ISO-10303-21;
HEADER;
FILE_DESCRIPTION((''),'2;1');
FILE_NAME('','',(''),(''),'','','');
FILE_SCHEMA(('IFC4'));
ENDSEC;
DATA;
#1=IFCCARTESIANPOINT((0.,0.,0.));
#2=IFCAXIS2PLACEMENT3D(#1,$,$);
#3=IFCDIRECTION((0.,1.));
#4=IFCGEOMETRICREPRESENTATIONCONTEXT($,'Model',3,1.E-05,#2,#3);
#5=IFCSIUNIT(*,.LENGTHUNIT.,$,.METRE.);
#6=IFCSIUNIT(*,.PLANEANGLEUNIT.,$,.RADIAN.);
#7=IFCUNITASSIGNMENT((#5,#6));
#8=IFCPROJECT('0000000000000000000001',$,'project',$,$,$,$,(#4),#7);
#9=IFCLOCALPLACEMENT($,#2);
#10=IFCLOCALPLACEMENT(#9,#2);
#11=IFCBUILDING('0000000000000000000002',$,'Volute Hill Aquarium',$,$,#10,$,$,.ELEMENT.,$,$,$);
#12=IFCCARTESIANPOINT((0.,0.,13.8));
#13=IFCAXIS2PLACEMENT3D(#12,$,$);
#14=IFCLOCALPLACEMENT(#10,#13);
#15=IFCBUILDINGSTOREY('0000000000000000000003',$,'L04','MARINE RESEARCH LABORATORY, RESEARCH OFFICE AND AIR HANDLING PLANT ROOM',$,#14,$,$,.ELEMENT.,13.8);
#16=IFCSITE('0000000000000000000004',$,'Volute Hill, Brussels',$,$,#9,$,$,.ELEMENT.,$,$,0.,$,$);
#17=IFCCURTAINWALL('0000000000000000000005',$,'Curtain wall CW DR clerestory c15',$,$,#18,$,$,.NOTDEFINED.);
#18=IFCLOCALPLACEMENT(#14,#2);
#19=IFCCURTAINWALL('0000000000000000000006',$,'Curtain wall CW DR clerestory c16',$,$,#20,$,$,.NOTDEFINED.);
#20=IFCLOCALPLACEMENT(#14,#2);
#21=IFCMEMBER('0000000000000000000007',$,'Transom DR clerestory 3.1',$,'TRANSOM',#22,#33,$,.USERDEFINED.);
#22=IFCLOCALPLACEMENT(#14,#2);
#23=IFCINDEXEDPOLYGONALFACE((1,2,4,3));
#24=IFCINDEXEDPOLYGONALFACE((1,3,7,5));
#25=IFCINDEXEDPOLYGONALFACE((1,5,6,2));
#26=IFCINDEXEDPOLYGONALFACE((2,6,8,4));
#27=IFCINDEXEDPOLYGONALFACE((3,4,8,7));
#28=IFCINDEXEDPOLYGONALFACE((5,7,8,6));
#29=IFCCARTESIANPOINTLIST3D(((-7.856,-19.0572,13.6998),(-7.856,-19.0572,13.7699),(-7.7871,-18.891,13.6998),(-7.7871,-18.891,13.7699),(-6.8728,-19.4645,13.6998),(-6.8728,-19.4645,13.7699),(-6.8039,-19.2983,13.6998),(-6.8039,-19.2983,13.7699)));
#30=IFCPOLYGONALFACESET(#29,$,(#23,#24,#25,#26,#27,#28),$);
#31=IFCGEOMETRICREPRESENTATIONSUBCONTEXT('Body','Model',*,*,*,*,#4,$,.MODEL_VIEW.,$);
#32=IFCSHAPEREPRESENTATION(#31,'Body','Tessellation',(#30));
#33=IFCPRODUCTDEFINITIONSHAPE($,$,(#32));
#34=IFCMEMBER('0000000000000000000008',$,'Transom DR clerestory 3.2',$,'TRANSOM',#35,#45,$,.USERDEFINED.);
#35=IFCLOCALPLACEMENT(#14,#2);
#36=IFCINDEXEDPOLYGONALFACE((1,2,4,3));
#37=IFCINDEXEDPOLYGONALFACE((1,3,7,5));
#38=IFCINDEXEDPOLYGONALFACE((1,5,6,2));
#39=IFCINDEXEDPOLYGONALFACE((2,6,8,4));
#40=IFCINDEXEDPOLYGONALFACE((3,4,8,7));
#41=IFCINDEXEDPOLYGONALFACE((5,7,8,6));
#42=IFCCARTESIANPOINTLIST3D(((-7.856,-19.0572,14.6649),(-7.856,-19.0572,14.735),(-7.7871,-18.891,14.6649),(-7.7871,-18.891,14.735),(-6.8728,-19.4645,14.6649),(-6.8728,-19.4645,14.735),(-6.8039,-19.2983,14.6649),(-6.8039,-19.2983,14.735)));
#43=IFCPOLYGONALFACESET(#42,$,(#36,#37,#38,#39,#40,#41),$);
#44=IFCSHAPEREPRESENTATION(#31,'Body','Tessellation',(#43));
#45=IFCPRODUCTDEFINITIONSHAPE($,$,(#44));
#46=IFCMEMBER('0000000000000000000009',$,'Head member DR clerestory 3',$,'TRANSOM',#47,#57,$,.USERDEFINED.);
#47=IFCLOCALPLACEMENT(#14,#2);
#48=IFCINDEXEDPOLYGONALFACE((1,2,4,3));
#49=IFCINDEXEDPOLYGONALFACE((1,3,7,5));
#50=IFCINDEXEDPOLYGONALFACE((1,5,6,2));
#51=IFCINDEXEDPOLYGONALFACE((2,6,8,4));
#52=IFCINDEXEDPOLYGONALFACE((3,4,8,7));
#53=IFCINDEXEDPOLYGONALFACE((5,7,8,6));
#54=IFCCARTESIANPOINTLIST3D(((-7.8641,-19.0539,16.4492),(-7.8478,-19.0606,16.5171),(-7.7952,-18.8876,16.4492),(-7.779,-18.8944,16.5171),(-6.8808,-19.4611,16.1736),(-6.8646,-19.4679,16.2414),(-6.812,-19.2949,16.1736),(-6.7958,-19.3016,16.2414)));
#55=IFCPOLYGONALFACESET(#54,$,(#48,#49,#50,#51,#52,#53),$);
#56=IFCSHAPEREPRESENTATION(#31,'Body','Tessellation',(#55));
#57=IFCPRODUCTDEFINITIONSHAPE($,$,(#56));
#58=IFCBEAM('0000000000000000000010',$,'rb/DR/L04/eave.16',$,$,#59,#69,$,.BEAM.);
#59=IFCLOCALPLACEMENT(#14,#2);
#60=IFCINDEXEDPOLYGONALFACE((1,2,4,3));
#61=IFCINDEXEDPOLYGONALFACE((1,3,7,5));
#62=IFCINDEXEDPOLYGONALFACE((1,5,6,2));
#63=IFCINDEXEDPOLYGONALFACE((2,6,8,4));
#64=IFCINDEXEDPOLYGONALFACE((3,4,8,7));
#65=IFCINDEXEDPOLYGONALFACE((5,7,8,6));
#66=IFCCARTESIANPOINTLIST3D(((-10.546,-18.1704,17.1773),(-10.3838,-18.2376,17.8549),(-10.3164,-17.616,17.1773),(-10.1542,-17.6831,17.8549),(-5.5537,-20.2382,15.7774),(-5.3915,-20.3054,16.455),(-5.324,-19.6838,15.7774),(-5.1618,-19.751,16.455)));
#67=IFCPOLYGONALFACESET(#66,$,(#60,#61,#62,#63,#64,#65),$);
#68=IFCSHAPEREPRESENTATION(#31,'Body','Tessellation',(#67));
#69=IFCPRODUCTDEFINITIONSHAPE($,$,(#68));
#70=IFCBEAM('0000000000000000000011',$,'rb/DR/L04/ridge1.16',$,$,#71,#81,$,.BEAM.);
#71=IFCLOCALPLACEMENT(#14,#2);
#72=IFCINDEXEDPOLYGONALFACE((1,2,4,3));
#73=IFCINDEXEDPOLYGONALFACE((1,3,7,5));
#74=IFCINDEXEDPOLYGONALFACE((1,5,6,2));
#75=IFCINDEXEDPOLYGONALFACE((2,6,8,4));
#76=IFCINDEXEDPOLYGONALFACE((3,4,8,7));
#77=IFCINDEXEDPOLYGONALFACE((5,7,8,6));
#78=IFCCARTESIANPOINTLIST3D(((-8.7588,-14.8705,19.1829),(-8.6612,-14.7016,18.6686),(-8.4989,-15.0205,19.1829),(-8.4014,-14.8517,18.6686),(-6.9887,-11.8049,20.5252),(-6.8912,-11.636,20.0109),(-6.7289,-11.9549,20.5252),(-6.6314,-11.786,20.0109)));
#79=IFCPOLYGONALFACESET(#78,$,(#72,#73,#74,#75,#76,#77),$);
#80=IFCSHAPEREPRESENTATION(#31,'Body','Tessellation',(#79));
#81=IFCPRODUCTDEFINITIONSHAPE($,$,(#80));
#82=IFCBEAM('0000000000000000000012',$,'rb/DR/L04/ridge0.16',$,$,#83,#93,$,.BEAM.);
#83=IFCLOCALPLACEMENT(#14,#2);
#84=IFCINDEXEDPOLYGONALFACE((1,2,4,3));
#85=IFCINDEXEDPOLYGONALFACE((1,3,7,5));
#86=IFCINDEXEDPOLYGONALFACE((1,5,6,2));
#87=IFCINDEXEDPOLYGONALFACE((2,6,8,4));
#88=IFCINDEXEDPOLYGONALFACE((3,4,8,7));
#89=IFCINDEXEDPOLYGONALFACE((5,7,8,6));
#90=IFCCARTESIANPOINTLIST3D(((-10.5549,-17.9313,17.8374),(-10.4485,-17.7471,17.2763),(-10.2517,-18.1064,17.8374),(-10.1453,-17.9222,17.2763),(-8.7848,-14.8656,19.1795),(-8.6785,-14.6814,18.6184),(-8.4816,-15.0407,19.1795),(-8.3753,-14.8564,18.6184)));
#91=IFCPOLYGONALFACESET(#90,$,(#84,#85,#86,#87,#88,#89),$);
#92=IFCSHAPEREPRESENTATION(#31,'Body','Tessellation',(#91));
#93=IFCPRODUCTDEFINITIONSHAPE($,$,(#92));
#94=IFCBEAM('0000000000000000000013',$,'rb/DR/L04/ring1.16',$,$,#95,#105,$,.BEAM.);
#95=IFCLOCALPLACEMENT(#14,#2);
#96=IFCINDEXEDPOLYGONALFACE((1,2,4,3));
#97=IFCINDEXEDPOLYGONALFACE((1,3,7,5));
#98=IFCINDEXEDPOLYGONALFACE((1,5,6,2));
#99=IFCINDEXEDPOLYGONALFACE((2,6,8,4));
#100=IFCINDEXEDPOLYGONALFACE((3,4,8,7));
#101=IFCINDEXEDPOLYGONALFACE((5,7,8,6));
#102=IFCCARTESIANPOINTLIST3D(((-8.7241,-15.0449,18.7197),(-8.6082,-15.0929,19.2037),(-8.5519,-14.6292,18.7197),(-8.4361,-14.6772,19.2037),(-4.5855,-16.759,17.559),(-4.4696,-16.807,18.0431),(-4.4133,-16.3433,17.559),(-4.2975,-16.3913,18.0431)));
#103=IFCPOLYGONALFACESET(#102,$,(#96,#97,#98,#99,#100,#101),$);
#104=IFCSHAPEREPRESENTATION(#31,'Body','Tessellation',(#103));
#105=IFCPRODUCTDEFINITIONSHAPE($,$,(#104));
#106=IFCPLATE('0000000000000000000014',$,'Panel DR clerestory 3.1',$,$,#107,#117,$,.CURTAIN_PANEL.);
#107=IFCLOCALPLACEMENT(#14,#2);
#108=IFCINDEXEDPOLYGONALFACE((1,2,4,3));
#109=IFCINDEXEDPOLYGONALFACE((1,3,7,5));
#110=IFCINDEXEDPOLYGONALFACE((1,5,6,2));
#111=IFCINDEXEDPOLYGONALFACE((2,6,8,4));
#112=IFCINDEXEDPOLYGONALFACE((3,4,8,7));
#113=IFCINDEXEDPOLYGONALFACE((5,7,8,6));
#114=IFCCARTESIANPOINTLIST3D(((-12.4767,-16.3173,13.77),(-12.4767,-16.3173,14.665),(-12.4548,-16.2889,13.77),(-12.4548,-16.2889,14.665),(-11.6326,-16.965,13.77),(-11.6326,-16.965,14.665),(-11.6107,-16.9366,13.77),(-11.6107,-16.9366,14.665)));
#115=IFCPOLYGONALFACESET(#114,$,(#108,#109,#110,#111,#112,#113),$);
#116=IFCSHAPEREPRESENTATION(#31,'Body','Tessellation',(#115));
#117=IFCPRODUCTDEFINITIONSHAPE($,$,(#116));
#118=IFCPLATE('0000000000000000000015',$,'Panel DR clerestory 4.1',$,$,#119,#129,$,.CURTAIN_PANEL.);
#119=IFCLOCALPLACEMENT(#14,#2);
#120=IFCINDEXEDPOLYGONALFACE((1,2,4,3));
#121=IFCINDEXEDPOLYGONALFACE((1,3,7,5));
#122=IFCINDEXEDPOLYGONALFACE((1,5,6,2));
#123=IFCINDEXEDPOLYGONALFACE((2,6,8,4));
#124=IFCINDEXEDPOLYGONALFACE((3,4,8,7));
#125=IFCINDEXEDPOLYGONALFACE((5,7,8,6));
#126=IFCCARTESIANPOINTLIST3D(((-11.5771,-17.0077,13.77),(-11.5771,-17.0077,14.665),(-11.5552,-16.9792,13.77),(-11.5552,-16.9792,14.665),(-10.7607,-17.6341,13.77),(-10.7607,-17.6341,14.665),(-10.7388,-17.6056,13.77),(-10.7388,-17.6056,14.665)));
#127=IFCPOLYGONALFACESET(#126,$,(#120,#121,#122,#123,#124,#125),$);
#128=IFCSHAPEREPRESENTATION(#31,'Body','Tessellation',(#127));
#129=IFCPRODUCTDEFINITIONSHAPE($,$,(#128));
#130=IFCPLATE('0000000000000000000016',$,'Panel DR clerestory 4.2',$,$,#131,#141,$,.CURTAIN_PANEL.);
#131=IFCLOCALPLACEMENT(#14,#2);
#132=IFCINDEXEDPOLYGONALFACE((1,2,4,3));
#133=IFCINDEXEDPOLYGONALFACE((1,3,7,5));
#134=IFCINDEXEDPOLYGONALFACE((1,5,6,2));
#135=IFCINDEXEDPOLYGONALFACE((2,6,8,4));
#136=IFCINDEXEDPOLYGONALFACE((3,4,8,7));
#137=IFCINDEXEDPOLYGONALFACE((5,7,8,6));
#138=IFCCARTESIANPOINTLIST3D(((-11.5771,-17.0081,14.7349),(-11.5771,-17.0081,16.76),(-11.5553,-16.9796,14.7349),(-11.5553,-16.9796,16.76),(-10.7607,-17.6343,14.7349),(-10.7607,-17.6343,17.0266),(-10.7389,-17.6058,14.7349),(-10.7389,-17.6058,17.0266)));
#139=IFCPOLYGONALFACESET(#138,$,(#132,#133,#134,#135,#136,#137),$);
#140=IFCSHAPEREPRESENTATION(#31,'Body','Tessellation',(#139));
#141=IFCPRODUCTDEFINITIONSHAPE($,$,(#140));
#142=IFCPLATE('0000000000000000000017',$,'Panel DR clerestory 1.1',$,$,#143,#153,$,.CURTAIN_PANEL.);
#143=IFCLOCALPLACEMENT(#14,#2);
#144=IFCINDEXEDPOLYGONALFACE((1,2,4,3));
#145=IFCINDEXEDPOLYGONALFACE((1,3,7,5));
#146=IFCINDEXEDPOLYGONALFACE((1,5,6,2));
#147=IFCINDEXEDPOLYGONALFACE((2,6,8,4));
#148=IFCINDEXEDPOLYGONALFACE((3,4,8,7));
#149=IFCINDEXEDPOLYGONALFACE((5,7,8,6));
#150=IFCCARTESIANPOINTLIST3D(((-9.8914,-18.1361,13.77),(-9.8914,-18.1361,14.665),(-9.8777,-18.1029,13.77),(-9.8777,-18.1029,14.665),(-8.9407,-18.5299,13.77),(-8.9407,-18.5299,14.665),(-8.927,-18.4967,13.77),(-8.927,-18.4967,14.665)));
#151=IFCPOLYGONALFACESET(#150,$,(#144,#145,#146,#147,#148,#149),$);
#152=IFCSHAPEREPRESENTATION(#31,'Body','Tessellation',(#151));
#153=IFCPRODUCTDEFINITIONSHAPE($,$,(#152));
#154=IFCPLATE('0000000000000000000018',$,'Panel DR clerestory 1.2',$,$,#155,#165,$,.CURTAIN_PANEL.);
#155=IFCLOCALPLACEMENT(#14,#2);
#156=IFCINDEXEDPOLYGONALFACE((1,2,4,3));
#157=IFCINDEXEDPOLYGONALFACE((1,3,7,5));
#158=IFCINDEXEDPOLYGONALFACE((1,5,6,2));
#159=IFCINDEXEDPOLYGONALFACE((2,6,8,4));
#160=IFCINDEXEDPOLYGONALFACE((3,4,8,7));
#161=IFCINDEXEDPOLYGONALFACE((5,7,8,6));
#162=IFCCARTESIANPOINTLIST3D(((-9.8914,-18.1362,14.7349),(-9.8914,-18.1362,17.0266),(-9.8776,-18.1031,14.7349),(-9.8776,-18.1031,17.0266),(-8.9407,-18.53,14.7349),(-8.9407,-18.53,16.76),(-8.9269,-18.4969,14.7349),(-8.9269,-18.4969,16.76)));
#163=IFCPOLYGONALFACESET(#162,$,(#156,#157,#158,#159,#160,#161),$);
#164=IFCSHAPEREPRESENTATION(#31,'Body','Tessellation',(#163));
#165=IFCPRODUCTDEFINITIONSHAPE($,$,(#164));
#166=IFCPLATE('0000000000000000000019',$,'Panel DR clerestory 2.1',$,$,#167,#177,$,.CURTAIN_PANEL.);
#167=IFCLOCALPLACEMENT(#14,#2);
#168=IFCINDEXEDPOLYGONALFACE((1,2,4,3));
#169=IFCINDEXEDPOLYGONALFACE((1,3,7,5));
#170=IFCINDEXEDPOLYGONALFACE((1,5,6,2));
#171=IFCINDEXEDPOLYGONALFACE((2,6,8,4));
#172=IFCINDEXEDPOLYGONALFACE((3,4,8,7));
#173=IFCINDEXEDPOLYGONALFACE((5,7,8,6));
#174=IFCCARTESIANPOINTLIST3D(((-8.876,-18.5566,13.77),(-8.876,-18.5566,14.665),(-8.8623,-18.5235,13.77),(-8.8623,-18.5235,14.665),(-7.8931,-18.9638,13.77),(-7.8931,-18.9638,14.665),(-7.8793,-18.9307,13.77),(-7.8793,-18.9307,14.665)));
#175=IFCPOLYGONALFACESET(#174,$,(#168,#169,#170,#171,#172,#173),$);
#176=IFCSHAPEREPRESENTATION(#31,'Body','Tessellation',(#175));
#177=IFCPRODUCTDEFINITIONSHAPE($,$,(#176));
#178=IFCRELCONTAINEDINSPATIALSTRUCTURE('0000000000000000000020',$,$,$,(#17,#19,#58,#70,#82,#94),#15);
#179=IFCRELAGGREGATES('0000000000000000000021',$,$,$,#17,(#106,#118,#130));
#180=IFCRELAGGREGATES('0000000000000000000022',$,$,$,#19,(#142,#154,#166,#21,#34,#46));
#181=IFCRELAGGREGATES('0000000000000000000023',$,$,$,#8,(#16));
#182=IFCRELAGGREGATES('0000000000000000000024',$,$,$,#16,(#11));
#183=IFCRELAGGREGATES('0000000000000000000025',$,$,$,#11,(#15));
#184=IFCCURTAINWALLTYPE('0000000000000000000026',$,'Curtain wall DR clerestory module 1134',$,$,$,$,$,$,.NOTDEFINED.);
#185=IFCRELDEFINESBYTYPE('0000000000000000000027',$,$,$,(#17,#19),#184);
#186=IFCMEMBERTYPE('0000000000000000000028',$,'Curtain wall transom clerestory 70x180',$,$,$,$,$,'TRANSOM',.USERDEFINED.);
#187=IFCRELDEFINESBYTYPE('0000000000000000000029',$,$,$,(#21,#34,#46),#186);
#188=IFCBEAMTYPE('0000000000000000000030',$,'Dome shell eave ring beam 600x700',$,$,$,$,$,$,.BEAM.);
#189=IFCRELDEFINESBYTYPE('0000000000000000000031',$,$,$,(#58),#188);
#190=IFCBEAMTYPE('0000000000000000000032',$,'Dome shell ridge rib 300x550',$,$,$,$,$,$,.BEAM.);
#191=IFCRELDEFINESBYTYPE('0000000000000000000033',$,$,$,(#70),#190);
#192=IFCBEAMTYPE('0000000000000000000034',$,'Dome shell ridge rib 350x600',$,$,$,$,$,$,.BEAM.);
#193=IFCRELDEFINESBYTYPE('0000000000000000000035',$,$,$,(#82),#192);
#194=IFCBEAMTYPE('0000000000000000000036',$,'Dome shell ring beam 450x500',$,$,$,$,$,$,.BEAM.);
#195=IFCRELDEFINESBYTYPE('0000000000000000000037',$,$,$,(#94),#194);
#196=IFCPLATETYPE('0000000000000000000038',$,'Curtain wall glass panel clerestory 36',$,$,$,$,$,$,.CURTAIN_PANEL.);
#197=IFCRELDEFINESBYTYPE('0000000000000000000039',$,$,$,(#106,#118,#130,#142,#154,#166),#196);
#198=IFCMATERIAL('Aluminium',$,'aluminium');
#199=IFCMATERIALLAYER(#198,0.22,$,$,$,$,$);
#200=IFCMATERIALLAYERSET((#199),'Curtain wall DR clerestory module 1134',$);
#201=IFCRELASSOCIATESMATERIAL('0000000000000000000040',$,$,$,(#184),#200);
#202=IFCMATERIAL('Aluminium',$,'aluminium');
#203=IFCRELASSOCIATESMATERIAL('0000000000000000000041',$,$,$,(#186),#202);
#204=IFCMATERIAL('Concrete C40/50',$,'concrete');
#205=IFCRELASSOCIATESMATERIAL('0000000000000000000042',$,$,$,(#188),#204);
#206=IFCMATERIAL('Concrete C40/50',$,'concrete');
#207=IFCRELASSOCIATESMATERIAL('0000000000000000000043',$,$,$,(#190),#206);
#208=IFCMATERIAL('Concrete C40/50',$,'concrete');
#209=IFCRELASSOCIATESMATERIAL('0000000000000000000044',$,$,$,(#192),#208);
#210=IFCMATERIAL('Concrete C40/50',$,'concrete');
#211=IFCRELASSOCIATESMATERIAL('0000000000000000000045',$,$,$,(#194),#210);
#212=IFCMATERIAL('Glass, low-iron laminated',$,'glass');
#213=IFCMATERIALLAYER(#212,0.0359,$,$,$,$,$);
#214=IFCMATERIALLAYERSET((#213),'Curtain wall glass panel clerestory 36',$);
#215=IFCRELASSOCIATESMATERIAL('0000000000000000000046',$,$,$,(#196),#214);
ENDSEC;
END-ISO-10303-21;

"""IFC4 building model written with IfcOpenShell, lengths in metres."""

from ifc_helpers import new_model, si_unit, direction, frame, origin, origin_2d, place, context, subcontext, project, spatial, polyline, rectangle, outline, extrude, material, layer, layer_set, material_profile, profile_set, type_object, element, aggregate, save


model = new_model("IFC4")

# Units and contexts
model_context = context("Model", 3, precision=1e-05, world=origin(), true_north=direction((0.0, 1.0)))
body_context = subcontext(model_context, "Body", "Model", "MODEL_VIEW")
ifc_project = project(units=[si_unit("LENGTHUNIT", "METRE"), si_unit("PLANEANGLEUNIT", "RADIAN")], contexts=[model_context])

# Site, building, storey
site_placement = place(None, origin())
site = spatial("IfcSite", under=ifc_project, at=site_placement, Name="Volute Hill, Brussels", CompositionType="ELEMENT", RefElevation=0.0)
building_placement = place(site_placement, origin())
building = spatial("IfcBuilding", under=site, at=building_placement, Name="Volute Hill Aquarium", CompositionType="ELEMENT")
storey_placement = place(building_placement, frame((0.0, 0.0, 13.8)))
storey = spatial("IfcBuildingStorey", under=building, at=storey_placement, Name="L04", Description="MARINE RESEARCH LABORATORY, RESEARCH OFFICE AND AIR HANDLING PLANT ROOM", CompositionType="ELEMENT", Elevation=13.8)

# Curtain wall
ifc_material_1 = material(Name="Aluminium", Category="aluminium")
ifc_layer_1 = layer(ifc_material_1, 0.22)
ifc_layer_set_1 = layer_set([ifc_layer_1], Name="Curtain wall DR clerestory module 1134")
curtain_wall_type = type_object("IfcCurtainWallType", Name="Curtain wall DR clerestory module 1134", PredefinedType="NOTDEFINED", material=ifc_layer_set_1)
curtain_wall_1_placement = place(storey_placement, origin())
curtain_wall_1 = element("IfcCurtainWall", 1, at=curtain_wall_1_placement, inside=storey, type_object=curtain_wall_type, Name="Curtain wall CW DR clerestory c15", PredefinedType="NOTDEFINED")

# Curtain wall
curtain_wall_2_placement = place(storey_placement, origin())
curtain_wall_2 = element("IfcCurtainWall", 2, at=curtain_wall_2_placement, inside=storey, type_object=curtain_wall_type, Name="Curtain wall CW DR clerestory c16", PredefinedType="NOTDEFINED")

# Members
ifc_material_2 = material(Name="Aluminium", Category="aluminium")
ifc_material_profile_1 = material_profile(ifc_material_2, rectangle(XDim=0.1799, YDim=0.0701, at=origin_2d()), Name="Curtain wall transom clerestory 70x180")
ifc_profile_set_1 = profile_set([ifc_material_profile_1], Name="Aluminium")
member_type_1 = type_object("IfcMemberType", Name="Curtain wall transom clerestory 70x180", ElementType="TRANSOM", PredefinedType="USERDEFINED", material=ifc_profile_set_1)
member_1_placement = place(storey_placement, frame((-7.8215, -18.9741, 13.7349), z_axis=(0.923883, -0.382676, 0.0), x_axis=(0.382676, 0.923883, 0.0)))
member_1 = element("IfcMember", 3, at=member_1_placement, type_object=member_type_1, Name="Transom DR clerestory 3.1", ObjectType="TRANSOM", PredefinedType="USERDEFINED", context=body_context, shape_type="SweptSolid", body=[
    extrude(rectangle(XDim=0.1799, YDim=0.0701, at=origin_2d()), origin(), (0.0, 0.0, 1.0), 1.0642),
])
member_2_placement = place(storey_placement, frame((-7.8215, -18.9741, 14.7), z_axis=(0.923883, -0.382676, 0.0), x_axis=(0.382676, 0.923883, 0.0)))
member_2 = element("IfcMember", 4, at=member_2_placement, type_object=member_type_1, Name="Transom DR clerestory 3.2", ObjectType="TRANSOM", PredefinedType="USERDEFINED", context=body_context, shape_type="SweptSolid", body=[
    extrude(rectangle(XDim=0.1799, YDim=0.0701, at=origin_2d()), origin(), (0.0, 0.0, 1.0), 1.0642),
])
member_3_placement = place(storey_placement, frame((-7.8215, -18.9741, 16.4832), z_axis=(0.894368, -0.370451, -0.250743), x_axis=(0.382676, 0.923883, 0.0)))
member_3 = element("IfcMember", 5, at=member_3_placement, type_object=member_type_1, Name="Head member DR clerestory 3", ObjectType="TRANSOM", PredefinedType="USERDEFINED", context=body_context, shape_type="SweptSolid", body=[
    extrude(rectangle(XDim=0.1799, YDim=0.0701, at=origin_2d()), origin(), (0.0, 0.0, 1.0), 1.0994),
])

# Beams
ifc_material_3 = material(Name="Concrete C40/50", Category="concrete")
ifc_material_profile_2 = material_profile(ifc_material_3, rectangle(XDim=0.6001, YDim=0.7, at=origin_2d()), Name="RC beam 600x700")
ifc_profile_set_2 = profile_set([ifc_material_profile_2], Name="Concrete C40/50")
beam_type_1 = type_object("IfcBeamType", Name="Dome shell eave ring beam 600x700", PredefinedType="BEAM", material=ifc_profile_set_2)
beam_1_placement = place(storey_placement, frame((-10.3501, -17.9268, 17.5161), z_axis=(0.894359, -0.370445, -0.250783), x_axis=(0.382674, 0.923884, 0.0)))
element("IfcBeam", 6, at=beam_1_placement, inside=storey, type_object=beam_type_1, Name="rb/DR/L04/eave.16", PredefinedType="BEAM", context=body_context, shape_type="SweptSolid", body=[
    extrude(rectangle(XDim=0.6001, YDim=0.7, at=origin_2d()), origin(), (0.0, 0.0, 1.0), 5.582),
])
ifc_material_4 = material(Name="Concrete C40/50", Category="concrete")
ifc_material_profile_3 = material_profile(ifc_material_4, rectangle(XDim=0.3, YDim=0.55, at=origin_2d()), Name="RC rib 300x550")
ifc_profile_set_3 = profile_set([ifc_material_profile_3], Name="Concrete C40/50")
beam_type_2 = type_object("IfcBeamType", Name="Dome shell ridge rib 300x550", PredefinedType="BEAM", material=ifc_profile_set_3)
beam_2_placement = place(storey_placement, frame((-8.5801, -14.8611, 18.9258), z_axis=(0.467529, 0.80976, 0.354548), x_axis=(-0.866019, 0.500011, 0.0)))
element("IfcBeam", 7, at=beam_2_placement, inside=storey, type_object=beam_type_2, Name="rb/DR/L04/ridge1.16", PredefinedType="BEAM", context=body_context, shape_type="SweptSolid", body=[
    extrude(rectangle(XDim=0.3, YDim=0.55, at=origin_2d()), origin(), (0.0, 0.0, 1.0), 3.7859),
])
ifc_material_5 = material(Name="Concrete C40/50", Category="concrete")
ifc_material_profile_4 = material_profile(ifc_material_5, rectangle(XDim=0.3501, YDim=0.6001, at=origin_2d()), Name="RC rib 350x600")
ifc_profile_set_4 = profile_set([ifc_material_profile_4], Name="Concrete C40/50")
beam_type_3 = type_object("IfcBeamType", Name="Dome shell ridge rib 350x600", PredefinedType="BEAM", material=ifc_profile_set_4)
beam_3_placement = place(storey_placement, frame((-10.3501, -17.9268, 17.5569), z_axis=(0.46754, 0.809779, 0.354492), x_axis=(-0.866019, 0.500011, 0.0)))
element("IfcBeam", 8, at=beam_3_placement, inside=storey, type_object=beam_type_3, Name="rb/DR/L04/ridge0.16", PredefinedType="BEAM", context=body_context, shape_type="SweptSolid", body=[
    extrude(rectangle(XDim=0.3501, YDim=0.6001, at=origin_2d()), origin(), (0.0, 0.0, 1.0), 3.7859),
])
ifc_material_6 = material(Name="Concrete C40/50", Category="concrete")
ifc_material_profile_5 = material_profile(ifc_material_6, rectangle(XDim=0.45, YDim=0.5, at=origin_2d()), Name="RC beam 450x500")
ifc_profile_set_5 = profile_set([ifc_material_profile_5], Name="Concrete C40/50")
beam_type_4 = type_object("IfcBeamType", Name="Dome shell ring beam 450x500", PredefinedType="BEAM", material=ifc_profile_set_5)
beam_4_placement = place(storey_placement, frame((-8.5801, -14.8611, 18.9617), z_axis=(0.894362, -0.370417, -0.250814), x_axis=(0.382649, 0.923894, 0.0)))
element("IfcBeam", 9, at=beam_4_placement, inside=storey, type_object=beam_type_4, Name="rb/DR/L04/ring1.16", PredefinedType="BEAM", context=body_context, shape_type="SweptSolid", body=[
    extrude(rectangle(XDim=0.45, YDim=0.5, at=origin_2d()), origin(), (0.0, 0.0, 1.0), 4.6274),
])

# Plates
ifc_material_7 = material(Name="Glass, low-iron laminated", Category="glass")
ifc_layer_2 = layer(ifc_material_7, 0.0359)
ifc_layer_set_2 = layer_set([ifc_layer_2], Name="Curtain wall glass panel clerestory 36")
plate_type = type_object("IfcPlateType", Name="Curtain wall glass panel clerestory 36", PredefinedType="CURTAIN_PANEL", material=ifc_layer_set_2)
plate_1_placement = place(storey_placement, frame((-12.0437, -16.627, 13.77), z_axis=(0.0, 0.0, 1.0), x_axis=(0.793354, -0.608761, 0.0)))
plate_1 = element("IfcPlate", 10, at=plate_1_placement, type_object=plate_type, Name="Panel DR clerestory 3.1", PredefinedType="CURTAIN_PANEL", context=body_context, shape_type="SweptSolid", body=[
    extrude(rectangle(XDim=1.064, YDim=0.0359, at=origin_2d()), origin(), (0.0, 0.0, 1.0), 0.895),
])
plate_2_placement = place(storey_placement, frame((-11.158, -17.3066, 13.77), z_axis=(0.0, 0.0, 1.0), x_axis=(0.793354, -0.608761, 0.0)))
plate_2 = element("IfcPlate", 11, at=plate_2_placement, type_object=plate_type, Name="Panel DR clerestory 4.1", PredefinedType="CURTAIN_PANEL", context=body_context, shape_type="SweptSolid", body=[
    extrude(rectangle(XDim=1.0291, YDim=0.0359, at=origin_2d()), origin(), (0.0, 0.0, 1.0), 0.895),
])
plate_3_placement = place(storey_placement, frame((-11.5771, -17.0081, 14.7349), z_axis=(-0.608621, -0.793461, 0.0), x_axis=(0.793461, -0.608621, 0.0)))
plate_3 = element("IfcPlate", 12, at=plate_3_placement, type_object=plate_type, Name="Panel DR clerestory 4.2", PredefinedType="CURTAIN_PANEL", context=body_context, shape_type="SweptSolid", body=[
    extrude(outline(polyline([(0.0, 0.0), (1.0289, 0.0), (1.0289, 2.2917), (0.0, 2.0251), (0.0, 0.0)])), origin(), (0.0, 0.0, -1.0), 0.0359),
])
aggregate(curtain_wall_1, [plate_1, plate_2, plate_3])
plate_4_placement = place(storey_placement, frame((-9.4092, -18.3164, 13.77), z_axis=(0.0, 0.0, 1.0), x_axis=(0.923874, -0.382696, 0.0)))
plate_4 = element("IfcPlate", 13, at=plate_4_placement, type_object=plate_type, Name="Panel DR clerestory 1.1", PredefinedType="CURTAIN_PANEL", context=body_context, shape_type="SweptSolid", body=[
    extrude(rectangle(XDim=1.0291, YDim=0.0359, at=origin_2d()), origin(), (0.0, 0.0, 1.0), 0.895),
])
plate_5_placement = place(storey_placement, frame((-9.8914, -18.1362, 14.7349), z_axis=(-0.382694, -0.923875, 0.0), x_axis=(0.923875, -0.382694, 0.0)))
plate_5 = element("IfcPlate", 14, at=plate_5_placement, type_object=plate_type, Name="Panel DR clerestory 1.2", PredefinedType="CURTAIN_PANEL", context=body_context, shape_type="SweptSolid", body=[
    extrude(outline(polyline([(0.0, 0.0), (1.029, 0.0), (1.029, 2.0251), (0.0, 2.2917), (0.0, 0.0)])), origin(), (0.0, 0.0, -1.0), 0.0359),
])
plate_6_placement = place(storey_placement, frame((-8.3777, -18.7437, 13.77), z_axis=(0.0, 0.0, 1.0), x_axis=(0.923874, -0.382696, 0.0)))
plate_6 = element("IfcPlate", 15, at=plate_6_placement, type_object=plate_type, Name="Panel DR clerestory 2.1", PredefinedType="CURTAIN_PANEL", context=body_context, shape_type="SweptSolid", body=[
    extrude(rectangle(XDim=1.064, YDim=0.0359, at=origin_2d()), origin(), (0.0, 0.0, 1.0), 0.895),
])
aggregate(curtain_wall_2, [plate_4, plate_5, plate_6, member_1, member_2, member_3])

save(model, "model.ifc")
